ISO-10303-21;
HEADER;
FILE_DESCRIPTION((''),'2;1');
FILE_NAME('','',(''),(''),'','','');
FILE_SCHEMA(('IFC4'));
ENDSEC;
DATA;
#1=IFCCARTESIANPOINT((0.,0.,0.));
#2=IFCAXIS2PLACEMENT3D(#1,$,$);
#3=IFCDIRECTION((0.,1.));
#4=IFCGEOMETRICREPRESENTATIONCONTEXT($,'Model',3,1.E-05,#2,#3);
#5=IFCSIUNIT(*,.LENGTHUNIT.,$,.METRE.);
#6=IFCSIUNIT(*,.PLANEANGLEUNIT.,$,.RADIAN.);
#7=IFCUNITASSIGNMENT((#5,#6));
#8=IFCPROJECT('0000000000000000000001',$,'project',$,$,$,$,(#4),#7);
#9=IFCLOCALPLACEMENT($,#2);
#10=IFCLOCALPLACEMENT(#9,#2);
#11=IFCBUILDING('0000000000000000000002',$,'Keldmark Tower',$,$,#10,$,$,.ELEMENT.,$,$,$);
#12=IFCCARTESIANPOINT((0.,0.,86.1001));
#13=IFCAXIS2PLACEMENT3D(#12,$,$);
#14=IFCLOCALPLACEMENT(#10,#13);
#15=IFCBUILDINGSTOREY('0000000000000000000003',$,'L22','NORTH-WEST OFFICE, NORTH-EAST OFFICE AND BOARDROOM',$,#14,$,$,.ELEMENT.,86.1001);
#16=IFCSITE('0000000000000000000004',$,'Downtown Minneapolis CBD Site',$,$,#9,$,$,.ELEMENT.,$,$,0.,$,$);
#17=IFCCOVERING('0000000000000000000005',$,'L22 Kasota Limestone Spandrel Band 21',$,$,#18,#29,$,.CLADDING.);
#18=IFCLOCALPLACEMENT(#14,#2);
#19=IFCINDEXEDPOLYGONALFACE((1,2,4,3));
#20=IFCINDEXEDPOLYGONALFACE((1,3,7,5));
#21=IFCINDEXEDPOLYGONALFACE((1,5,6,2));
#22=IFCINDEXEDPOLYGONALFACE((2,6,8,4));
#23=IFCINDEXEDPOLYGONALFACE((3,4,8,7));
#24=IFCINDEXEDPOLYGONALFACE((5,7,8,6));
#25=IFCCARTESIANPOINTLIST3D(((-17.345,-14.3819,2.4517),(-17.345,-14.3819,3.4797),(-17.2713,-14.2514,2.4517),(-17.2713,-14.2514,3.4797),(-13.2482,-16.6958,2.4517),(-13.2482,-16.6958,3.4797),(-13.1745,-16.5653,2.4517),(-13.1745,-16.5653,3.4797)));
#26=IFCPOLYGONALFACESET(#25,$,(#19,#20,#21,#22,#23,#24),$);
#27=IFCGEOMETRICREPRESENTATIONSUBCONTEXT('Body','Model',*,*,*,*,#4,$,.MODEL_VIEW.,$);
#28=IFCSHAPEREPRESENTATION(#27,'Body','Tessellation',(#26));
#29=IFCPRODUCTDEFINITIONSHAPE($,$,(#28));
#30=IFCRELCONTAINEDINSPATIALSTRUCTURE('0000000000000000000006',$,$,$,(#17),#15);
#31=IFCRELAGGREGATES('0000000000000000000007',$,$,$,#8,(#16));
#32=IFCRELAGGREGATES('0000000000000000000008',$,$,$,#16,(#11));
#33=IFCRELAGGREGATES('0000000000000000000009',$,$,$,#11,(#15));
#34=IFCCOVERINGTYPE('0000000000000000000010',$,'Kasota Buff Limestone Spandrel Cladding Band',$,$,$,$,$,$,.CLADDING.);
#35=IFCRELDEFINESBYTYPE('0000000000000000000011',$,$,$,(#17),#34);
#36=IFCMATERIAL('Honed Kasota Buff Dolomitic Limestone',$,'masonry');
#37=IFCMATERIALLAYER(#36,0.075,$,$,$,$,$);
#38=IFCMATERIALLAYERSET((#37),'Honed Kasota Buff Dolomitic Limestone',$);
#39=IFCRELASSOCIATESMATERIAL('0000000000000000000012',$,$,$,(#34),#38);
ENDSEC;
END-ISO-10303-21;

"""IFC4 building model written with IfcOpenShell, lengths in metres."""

from ifc_helpers import new_model, si_unit, direction, frame, origin, origin_2d, place, context, subcontext, project, spatial, rectangle, extrude, material, layer, layer_set, type_object, element, save


model = new_model("IFC4")

# Units and contexts
model_context = context("Model", 3, precision=1e-05, world=origin(), true_north=direction((0.0, 1.0)))
body_context = subcontext(model_context, "Body", "Model", "MODEL_VIEW")
ifc_project = project(units=[si_unit("LENGTHUNIT", "METRE"), si_unit("PLANEANGLEUNIT", "RADIAN")], contexts=[model_context])

# Site, building, storey
site_placement = place(None, origin())
site = spatial("IfcSite", under=ifc_project, at=site_placement, Name="Downtown Minneapolis CBD Site", CompositionType="ELEMENT", RefElevation=0.0)
building_placement = place(site_placement, origin())
building = spatial("IfcBuilding", under=site, at=building_placement, Name="Keldmark Tower", CompositionType="ELEMENT")
storey_placement = place(building_placement, frame((0.0, 0.0, 86.1001)))
storey = spatial("IfcBuildingStorey", under=building, at=storey_placement, Name="L22", Description="NORTH-WEST OFFICE, NORTH-EAST OFFICE AND BOARDROOM", CompositionType="ELEMENT", Elevation=86.1001)

# Covering
ifc_material_1 = material(Name="Honed Kasota Buff Dolomitic Limestone", Category="masonry")
ifc_layer_1 = layer(ifc_material_1, 0.075)
ifc_layer_set_1 = layer_set([ifc_layer_1], Name="Honed Kasota Buff Dolomitic Limestone")
covering_type = type_object("IfcCoveringType", Name="Kasota Buff Limestone Spandrel Cladding Band", PredefinedType="CLADDING", material=ifc_layer_set_1)
covering_placement = place(storey_placement, frame((-15.2598, -15.4736, 2.4517), z_axis=(0.0, 0.0, 1.0), x_axis=(0.870716, -0.491785, 0.0)))
element("IfcCovering", 1, at=covering_placement, inside=storey, type_object=covering_type, Name="L22 Kasota Limestone Spandrel Band 21", PredefinedType="CLADDING", context=body_context, shape_type="SweptSolid", body=[
    extrude(rectangle(XDim=4.7051, YDim=0.1499, at=origin_2d()), origin(), (0.0, 0.0, 1.0), 1.0281),
])

save(model, "model.ifc")
